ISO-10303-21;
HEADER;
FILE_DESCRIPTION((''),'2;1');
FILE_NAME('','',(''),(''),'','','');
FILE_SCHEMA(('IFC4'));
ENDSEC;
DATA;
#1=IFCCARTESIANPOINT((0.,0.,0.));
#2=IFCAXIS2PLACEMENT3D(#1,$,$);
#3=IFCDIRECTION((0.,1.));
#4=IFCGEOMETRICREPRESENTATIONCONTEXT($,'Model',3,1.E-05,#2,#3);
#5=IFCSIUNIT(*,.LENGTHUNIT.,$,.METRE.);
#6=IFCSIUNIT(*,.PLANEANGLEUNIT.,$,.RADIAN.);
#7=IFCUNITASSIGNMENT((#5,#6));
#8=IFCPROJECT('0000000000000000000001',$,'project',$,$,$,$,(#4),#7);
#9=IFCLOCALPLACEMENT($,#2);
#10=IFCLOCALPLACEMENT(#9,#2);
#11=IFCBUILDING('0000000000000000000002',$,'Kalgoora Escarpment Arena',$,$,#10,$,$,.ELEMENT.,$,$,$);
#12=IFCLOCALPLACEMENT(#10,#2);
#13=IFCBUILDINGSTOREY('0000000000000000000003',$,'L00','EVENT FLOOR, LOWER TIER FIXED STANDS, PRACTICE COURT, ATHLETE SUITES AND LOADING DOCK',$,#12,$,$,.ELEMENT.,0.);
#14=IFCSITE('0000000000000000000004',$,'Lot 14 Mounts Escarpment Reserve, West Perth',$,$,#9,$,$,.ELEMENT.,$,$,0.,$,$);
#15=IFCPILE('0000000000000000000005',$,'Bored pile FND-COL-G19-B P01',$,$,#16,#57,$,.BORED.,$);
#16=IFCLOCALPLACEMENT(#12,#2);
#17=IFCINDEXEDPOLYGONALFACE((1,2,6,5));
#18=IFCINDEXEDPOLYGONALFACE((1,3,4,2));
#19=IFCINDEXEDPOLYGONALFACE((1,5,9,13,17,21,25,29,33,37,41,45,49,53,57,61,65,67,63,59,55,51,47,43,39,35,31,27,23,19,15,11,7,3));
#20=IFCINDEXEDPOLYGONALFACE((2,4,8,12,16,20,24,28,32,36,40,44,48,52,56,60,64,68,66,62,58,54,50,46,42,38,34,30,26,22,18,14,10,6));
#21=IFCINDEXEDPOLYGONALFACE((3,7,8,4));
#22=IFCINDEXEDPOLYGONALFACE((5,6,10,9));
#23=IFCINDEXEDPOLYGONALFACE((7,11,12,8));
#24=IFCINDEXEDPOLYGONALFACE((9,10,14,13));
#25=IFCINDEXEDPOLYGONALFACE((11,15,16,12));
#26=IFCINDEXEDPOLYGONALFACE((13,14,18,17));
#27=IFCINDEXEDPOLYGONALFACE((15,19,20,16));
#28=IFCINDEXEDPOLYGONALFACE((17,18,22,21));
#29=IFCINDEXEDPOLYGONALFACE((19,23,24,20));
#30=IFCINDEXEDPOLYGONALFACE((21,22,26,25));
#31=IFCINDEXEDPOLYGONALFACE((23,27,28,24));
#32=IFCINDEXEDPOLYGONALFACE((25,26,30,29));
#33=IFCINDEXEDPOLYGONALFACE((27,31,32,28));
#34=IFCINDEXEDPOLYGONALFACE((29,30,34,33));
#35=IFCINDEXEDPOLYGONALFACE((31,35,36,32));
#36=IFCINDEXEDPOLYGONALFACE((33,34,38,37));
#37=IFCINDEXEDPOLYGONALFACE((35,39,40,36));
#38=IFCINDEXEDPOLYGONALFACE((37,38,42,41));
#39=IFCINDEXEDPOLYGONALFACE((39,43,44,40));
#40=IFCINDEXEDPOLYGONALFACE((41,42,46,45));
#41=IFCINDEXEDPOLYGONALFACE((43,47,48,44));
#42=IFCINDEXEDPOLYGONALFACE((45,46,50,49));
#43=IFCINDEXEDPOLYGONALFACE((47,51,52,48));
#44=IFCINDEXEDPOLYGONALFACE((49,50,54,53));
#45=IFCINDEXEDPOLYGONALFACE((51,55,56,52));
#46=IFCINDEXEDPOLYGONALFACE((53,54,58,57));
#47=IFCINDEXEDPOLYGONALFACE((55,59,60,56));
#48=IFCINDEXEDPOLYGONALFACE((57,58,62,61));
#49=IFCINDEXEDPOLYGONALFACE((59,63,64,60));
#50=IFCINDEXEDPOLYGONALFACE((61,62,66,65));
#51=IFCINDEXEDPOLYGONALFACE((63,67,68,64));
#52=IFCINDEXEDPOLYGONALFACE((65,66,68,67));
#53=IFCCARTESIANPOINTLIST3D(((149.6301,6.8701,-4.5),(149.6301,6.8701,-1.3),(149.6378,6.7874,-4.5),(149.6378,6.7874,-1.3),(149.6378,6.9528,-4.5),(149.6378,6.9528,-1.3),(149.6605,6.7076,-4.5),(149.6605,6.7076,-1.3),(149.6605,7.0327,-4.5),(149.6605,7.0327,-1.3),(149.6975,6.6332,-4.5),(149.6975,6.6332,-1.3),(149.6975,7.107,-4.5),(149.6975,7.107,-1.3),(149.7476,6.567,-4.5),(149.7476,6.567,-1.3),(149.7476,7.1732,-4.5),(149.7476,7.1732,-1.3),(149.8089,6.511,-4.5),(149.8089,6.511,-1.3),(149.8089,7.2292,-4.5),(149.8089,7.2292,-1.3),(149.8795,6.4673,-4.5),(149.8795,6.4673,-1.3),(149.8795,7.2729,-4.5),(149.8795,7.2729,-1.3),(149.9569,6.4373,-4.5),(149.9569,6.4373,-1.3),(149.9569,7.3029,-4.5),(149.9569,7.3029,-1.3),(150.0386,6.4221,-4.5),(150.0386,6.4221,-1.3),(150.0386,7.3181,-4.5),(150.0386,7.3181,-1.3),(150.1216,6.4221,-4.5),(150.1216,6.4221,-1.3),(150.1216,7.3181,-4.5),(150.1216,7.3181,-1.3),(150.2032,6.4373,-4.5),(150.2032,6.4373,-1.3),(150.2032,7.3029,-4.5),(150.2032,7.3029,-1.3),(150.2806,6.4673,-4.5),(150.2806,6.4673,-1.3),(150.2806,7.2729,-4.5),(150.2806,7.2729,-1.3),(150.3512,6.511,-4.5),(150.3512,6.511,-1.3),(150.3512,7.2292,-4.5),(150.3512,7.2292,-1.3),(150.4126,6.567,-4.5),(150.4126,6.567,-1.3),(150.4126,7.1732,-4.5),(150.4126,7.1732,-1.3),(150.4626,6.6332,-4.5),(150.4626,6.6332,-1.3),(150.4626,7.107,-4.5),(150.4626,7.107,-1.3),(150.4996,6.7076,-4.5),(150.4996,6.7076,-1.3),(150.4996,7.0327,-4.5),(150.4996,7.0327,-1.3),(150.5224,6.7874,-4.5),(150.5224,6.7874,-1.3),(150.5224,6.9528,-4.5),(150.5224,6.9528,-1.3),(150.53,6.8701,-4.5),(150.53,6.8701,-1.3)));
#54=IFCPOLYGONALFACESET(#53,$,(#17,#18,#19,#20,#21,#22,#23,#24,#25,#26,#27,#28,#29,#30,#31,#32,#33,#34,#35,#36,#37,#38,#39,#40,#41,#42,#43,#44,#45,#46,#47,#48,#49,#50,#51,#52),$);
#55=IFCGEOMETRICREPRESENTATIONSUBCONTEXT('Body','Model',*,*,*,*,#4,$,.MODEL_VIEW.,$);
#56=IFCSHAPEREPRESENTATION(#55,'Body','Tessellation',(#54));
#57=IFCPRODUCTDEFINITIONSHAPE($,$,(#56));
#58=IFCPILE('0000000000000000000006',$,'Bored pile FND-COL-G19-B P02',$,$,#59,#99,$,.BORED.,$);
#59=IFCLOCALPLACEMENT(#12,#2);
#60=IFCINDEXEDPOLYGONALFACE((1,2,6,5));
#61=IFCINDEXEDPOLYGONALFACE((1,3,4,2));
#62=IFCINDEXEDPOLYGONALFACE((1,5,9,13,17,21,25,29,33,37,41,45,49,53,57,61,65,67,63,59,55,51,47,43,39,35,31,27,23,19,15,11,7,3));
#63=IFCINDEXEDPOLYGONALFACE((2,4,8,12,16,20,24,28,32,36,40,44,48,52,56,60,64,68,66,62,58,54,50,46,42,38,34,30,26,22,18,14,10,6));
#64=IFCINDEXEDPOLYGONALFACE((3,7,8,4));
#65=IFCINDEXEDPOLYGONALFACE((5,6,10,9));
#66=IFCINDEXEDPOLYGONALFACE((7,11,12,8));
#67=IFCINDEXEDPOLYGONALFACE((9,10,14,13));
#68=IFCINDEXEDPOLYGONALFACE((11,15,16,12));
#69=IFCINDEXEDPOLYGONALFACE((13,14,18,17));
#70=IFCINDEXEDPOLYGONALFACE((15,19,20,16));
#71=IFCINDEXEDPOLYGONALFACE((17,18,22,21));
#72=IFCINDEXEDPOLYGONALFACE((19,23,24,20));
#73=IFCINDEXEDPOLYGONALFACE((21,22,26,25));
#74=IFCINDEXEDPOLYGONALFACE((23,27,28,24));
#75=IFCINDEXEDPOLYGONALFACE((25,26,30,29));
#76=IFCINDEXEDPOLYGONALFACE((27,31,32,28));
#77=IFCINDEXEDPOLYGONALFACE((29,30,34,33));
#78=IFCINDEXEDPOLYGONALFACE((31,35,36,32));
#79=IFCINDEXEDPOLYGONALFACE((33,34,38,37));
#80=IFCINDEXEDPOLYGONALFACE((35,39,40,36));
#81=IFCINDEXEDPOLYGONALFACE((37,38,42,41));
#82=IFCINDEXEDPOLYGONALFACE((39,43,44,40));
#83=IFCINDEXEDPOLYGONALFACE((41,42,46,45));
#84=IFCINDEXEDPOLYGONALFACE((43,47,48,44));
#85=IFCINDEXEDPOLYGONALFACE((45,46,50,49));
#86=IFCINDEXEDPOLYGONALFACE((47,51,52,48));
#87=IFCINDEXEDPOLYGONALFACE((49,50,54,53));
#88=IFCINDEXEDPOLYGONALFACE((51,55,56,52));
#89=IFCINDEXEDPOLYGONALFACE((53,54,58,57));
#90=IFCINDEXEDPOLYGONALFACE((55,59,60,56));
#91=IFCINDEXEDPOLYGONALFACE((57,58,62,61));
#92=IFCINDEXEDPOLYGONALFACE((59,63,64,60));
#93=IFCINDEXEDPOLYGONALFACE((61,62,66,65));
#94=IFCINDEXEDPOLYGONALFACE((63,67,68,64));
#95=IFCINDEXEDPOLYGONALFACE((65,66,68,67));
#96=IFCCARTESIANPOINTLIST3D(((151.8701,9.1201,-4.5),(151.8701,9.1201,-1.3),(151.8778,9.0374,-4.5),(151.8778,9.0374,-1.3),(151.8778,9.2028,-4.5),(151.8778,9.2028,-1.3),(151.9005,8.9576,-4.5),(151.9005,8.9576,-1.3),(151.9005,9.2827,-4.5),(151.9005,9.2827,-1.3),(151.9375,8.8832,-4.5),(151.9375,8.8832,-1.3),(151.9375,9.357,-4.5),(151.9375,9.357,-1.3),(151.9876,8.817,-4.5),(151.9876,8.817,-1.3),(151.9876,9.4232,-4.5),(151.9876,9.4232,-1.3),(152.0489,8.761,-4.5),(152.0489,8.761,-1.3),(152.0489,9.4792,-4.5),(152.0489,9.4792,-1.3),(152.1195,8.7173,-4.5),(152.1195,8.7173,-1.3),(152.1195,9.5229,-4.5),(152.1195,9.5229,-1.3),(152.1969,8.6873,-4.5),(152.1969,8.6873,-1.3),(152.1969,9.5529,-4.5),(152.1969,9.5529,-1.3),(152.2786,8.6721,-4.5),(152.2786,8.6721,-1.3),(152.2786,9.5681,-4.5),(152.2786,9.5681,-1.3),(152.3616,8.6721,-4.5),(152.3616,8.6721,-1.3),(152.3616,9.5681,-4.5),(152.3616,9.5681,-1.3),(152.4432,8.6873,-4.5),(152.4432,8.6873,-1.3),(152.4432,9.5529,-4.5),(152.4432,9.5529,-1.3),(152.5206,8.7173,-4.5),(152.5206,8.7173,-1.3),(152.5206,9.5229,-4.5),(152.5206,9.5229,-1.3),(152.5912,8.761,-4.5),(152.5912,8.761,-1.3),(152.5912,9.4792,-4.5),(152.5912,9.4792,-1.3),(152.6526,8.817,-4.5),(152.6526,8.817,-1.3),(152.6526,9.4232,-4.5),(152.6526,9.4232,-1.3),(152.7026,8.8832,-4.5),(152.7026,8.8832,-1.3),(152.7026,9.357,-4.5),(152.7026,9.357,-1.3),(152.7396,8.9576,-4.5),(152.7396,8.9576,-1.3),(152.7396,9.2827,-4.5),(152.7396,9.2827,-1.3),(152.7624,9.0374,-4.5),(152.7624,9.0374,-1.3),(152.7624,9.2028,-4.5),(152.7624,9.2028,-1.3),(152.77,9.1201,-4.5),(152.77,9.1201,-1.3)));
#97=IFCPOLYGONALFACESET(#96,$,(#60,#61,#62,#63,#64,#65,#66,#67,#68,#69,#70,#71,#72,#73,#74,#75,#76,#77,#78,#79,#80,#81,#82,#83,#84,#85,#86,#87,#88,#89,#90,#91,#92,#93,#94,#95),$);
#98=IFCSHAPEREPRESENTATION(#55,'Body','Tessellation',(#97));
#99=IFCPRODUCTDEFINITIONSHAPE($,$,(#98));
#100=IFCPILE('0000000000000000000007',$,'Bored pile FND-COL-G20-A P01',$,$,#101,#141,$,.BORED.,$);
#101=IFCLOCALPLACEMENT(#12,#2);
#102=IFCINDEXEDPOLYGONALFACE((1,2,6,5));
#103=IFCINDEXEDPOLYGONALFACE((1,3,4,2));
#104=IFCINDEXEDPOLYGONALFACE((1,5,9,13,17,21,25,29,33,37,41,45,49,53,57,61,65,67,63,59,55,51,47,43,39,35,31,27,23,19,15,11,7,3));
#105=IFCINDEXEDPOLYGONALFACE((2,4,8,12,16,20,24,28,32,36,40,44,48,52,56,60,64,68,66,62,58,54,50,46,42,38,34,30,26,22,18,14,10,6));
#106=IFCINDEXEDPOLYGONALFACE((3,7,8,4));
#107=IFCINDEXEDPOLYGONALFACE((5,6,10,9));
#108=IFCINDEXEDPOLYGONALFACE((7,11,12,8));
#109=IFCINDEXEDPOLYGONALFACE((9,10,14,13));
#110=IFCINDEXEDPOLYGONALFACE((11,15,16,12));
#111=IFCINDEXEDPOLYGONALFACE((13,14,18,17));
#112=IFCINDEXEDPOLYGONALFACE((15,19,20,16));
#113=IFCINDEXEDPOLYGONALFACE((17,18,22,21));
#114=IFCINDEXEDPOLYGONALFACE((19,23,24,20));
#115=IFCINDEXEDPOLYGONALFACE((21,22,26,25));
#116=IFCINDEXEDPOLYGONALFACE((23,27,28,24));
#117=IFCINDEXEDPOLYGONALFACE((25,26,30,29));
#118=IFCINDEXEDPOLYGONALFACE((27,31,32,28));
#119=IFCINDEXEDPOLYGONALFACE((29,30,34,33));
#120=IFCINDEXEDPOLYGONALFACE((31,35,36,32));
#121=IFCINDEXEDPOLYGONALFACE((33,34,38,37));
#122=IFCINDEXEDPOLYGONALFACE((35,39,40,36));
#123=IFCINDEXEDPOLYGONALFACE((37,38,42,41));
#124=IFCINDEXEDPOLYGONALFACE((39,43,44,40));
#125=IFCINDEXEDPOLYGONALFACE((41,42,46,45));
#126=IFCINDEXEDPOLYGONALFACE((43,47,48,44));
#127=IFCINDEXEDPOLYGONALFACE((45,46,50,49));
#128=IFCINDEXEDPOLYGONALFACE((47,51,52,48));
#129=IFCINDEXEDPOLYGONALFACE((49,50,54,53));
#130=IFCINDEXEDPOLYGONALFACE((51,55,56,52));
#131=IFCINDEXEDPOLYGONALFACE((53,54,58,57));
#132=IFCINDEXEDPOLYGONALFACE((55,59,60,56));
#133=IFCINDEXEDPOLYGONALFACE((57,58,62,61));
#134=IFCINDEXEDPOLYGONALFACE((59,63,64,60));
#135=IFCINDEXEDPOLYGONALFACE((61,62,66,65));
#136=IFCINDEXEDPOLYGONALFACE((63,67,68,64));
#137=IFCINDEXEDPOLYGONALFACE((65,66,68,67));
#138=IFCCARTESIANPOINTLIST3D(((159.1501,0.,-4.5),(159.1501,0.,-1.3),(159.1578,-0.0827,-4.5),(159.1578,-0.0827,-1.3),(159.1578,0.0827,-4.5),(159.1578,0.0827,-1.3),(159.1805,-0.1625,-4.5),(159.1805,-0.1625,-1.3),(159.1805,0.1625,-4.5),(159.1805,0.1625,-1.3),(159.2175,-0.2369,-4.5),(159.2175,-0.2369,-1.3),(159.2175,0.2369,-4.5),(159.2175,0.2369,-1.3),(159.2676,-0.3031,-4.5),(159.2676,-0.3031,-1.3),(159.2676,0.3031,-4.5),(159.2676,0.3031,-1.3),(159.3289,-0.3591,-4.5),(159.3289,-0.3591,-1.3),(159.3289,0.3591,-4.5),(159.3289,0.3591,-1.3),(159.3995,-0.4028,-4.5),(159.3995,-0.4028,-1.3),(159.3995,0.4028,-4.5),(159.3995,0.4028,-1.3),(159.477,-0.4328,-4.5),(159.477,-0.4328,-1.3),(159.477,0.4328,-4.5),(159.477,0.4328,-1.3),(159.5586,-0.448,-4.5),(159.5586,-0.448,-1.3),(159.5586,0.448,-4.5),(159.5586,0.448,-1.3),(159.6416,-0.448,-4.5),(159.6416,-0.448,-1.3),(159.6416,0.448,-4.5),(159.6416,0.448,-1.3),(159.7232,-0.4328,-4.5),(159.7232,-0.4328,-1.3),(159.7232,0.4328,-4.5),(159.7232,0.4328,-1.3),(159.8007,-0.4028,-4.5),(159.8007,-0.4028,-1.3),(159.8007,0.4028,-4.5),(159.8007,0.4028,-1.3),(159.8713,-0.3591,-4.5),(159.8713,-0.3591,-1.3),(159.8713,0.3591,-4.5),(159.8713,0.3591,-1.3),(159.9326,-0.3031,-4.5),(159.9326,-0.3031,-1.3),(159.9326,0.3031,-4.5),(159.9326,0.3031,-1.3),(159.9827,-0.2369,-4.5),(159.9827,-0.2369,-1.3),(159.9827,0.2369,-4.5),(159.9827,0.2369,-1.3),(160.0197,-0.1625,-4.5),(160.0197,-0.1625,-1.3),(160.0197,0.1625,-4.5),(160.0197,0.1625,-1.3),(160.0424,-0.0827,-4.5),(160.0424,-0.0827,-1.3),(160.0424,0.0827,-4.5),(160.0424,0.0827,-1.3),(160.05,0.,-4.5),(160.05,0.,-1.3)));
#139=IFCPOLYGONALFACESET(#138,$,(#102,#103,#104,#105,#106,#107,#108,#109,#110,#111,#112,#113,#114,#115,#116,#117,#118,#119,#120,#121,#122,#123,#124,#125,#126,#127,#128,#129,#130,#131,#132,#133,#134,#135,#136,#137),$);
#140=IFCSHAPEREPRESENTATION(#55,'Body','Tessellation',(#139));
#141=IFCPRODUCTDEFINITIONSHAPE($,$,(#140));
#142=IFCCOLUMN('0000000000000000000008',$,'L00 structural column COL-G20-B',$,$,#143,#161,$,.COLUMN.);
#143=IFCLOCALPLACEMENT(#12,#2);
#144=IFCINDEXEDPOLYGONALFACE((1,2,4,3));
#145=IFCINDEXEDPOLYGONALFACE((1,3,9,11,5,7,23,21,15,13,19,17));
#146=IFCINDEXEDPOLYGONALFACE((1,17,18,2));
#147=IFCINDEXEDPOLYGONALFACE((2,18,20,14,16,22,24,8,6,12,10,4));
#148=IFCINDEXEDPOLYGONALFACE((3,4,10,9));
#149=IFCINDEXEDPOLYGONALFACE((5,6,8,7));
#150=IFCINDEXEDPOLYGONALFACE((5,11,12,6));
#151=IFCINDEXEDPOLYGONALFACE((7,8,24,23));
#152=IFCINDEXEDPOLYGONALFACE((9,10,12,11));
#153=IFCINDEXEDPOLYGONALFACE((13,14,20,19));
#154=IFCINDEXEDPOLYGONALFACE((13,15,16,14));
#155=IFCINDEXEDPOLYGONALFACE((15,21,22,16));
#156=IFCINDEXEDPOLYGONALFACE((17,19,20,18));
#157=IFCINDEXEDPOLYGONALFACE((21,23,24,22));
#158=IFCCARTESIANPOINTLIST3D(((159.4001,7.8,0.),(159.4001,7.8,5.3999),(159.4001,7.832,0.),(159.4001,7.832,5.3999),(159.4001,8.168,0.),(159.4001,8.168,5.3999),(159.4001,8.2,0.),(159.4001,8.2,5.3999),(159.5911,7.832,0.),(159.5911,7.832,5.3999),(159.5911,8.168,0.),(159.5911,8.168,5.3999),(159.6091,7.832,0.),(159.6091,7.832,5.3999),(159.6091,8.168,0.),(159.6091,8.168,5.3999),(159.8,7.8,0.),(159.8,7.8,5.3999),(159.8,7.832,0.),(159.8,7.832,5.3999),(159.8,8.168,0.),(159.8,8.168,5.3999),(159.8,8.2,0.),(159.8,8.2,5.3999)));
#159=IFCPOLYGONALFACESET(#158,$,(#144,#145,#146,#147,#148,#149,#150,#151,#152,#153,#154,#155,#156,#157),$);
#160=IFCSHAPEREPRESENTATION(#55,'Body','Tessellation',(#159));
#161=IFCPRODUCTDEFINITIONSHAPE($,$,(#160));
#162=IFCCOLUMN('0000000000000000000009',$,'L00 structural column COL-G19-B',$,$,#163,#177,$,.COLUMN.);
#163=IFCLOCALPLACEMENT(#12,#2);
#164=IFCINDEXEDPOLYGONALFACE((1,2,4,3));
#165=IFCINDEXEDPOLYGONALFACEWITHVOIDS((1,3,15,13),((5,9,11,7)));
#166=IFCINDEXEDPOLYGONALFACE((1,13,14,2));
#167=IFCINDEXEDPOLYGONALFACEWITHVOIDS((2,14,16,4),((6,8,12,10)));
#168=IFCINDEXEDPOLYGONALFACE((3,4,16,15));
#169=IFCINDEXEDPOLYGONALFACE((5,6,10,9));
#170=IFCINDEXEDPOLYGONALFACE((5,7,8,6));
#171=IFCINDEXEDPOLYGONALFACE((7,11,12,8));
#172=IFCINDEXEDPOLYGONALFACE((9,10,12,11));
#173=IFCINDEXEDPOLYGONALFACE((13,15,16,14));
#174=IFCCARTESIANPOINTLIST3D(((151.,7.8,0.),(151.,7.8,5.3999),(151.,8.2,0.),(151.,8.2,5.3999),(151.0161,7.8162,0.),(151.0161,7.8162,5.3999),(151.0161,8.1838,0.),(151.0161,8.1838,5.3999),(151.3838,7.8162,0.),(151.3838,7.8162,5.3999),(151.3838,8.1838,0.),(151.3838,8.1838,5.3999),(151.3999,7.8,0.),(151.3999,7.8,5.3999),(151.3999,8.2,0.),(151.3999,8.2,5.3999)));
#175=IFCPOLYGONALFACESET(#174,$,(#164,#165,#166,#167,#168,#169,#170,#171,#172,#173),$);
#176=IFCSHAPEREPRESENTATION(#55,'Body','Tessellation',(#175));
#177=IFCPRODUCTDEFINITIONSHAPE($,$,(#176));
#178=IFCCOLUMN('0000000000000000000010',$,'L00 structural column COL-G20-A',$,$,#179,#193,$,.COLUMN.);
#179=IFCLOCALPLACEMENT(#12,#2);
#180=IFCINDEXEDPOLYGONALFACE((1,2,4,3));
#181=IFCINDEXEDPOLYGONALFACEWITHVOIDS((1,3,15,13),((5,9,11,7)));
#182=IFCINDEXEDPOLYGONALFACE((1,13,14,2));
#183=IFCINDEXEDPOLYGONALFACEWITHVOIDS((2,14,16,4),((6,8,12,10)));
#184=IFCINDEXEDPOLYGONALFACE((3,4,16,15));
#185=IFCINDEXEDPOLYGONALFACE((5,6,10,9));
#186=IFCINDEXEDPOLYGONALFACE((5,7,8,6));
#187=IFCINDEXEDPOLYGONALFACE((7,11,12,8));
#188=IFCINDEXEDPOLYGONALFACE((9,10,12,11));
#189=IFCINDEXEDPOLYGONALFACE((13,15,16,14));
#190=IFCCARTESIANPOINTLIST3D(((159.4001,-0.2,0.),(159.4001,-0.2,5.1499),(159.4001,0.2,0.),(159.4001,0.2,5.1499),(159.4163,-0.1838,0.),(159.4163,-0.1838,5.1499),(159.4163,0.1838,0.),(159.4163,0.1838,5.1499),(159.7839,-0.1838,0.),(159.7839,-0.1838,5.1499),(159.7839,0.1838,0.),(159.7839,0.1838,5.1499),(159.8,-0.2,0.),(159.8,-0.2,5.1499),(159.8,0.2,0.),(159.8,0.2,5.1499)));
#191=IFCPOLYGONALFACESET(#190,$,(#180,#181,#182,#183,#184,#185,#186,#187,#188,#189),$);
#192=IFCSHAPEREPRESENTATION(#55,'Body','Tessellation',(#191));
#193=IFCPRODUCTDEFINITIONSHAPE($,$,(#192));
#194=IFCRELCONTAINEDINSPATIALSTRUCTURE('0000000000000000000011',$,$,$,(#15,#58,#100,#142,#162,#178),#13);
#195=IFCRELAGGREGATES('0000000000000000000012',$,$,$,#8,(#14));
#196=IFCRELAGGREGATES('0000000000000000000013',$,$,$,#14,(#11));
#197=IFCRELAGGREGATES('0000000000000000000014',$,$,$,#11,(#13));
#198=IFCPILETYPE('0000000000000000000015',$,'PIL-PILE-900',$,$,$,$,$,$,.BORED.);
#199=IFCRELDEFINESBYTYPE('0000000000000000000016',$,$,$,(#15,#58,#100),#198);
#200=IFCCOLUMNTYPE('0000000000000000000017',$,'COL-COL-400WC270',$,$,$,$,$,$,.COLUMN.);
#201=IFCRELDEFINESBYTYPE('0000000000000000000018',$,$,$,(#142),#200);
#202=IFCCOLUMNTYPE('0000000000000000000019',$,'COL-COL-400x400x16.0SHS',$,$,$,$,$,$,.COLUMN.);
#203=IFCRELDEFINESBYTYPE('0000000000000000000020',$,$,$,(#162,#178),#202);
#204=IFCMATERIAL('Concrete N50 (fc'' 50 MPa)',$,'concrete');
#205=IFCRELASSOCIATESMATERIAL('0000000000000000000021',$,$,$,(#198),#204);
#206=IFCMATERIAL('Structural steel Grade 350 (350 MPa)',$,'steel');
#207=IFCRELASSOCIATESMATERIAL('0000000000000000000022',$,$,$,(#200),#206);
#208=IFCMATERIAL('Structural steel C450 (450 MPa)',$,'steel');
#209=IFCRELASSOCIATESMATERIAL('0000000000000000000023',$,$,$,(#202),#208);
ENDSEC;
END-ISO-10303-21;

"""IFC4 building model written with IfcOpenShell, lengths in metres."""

from ifc_helpers import new_model, si_unit, direction, frame, origin, origin_2d, place, context, subcontext, project, spatial, hollow_rectangle, circle, i_section, extrude, material, material_profile, profile_set, type_object, element, save


model = new_model("IFC4")

# Units and contexts
model_context = context("Model", 3, precision=1e-05, world=origin(), true_north=direction((0.0, 1.0)))
body_context = subcontext(model_context, "Body", "Model", "MODEL_VIEW")
ifc_project = project(units=[si_unit("LENGTHUNIT", "METRE"), si_unit("PLANEANGLEUNIT", "RADIAN")], contexts=[model_context])

# Site, building, storey
site_placement = place(None, origin())
site = spatial("IfcSite", under=ifc_project, at=site_placement, Name="Lot 14 Mounts Escarpment Reserve, West Perth", CompositionType="ELEMENT", RefElevation=0.0)
building_placement = place(site_placement, origin())
building = spatial("IfcBuilding", under=site, at=building_placement, Name="Kalgoora Escarpment Arena", CompositionType="ELEMENT")
storey_placement = place(building_placement, origin())
storey = spatial("IfcBuildingStorey", under=building, at=storey_placement, Name="L00", Description="EVENT FLOOR, LOWER TIER FIXED STANDS, PRACTICE COURT, ATHLETE SUITES AND LOADING DOCK", CompositionType="ELEMENT", Elevation=0.0)

# Piles
ifc_material_1 = material(Name="Concrete N50 (fc' 50 MPa)", Category="concrete")
ifc_material_profile_1 = material_profile(ifc_material_1, circle(Radius=0.45, at=origin_2d()))
ifc_profile_set_1 = profile_set([ifc_material_profile_1], Name="Concrete N50 (fc' 50 MPa)")
pile_type_1 = type_object("IfcPileType", Name="PIL-PILE-900", PredefinedType="BORED", material=ifc_profile_set_1)
for number, where, z_axis, x_axis, name in (
    (1, (150.0801, 6.8701, -1.3), (0.0, 0.0, -1.0), (1.0, 0.0, 0.0), "Bored pile FND-COL-G19-B P01"),
    (2, (152.3201, 9.1201, -1.3), (0.0, 0.0, -1.0), (1.0, 0.0, 0.0), "Bored pile FND-COL-G19-B P02"),
    (3, (159.6001, 0.0, -1.3), (0.0, 0.0, -1.0), (1.0, 0.0, 0.0), "Bored pile FND-COL-G20-A P01"),
):
    element("IfcPile", number, at=place(storey_placement, frame(where, z_axis=z_axis, x_axis=x_axis)), inside=storey, type_object=pile_type_1, Name=name, PredefinedType="BORED", context=body_context, shape_type="SweptSolid", body=[
        extrude(circle(Radius=0.45, at=origin_2d()), origin(), (0.0, 0.0, 1.0), 3.2),
    ])

# Columns
ifc_material_2 = material(Name="Structural steel Grade 350 (350 MPa)", Category="steel")
ifc_material_profile_2 = material_profile(ifc_material_2, i_section(OverallWidth=0.3999, OverallDepth=0.3999, WebThickness=0.0181, FlangeThickness=0.032, at=origin_2d()))
ifc_profile_set_2 = profile_set([ifc_material_profile_2], Name="Structural steel Grade 350 (350 MPa)")
column_type_1 = type_object("IfcColumnType", Name="COL-COL-400WC270", PredefinedType="COLUMN", material=ifc_profile_set_2)
column_1_placement = place(storey_placement, frame((159.6001, 8.0, 0.0), z_axis=(0.0, 0.0, 1.0), x_axis=(1.0, 0.0, 0.0)))
element("IfcColumn", 4, at=column_1_placement, inside=storey, type_object=column_type_1, Name="L00 structural column COL-G20-B", PredefinedType="COLUMN", context=body_context, shape_type="SweptSolid", body=[
    extrude(i_section(OverallWidth=0.3999, OverallDepth=0.3999, WebThickness=0.0181, FlangeThickness=0.032, at=origin_2d()), origin(), (0.0, 0.0, 1.0), 5.3999),
])
ifc_material_3 = material(Name="Structural steel C450 (450 MPa)", Category="steel")
ifc_material_profile_3 = material_profile(ifc_material_3, hollow_rectangle(XDim=0.3999, YDim=0.3999, WallThickness=0.0161, at=origin_2d()))
ifc_profile_set_3 = profile_set([ifc_material_profile_3], Name="Structural steel C450 (450 MPa)")
column_type_2 = type_object("IfcColumnType", Name="COL-COL-400x400x16.0SHS", PredefinedType="COLUMN", material=ifc_profile_set_3)
column_2_placement = place(storey_placement, frame((151.2, 8.0, 0.0), z_axis=(0.0, 0.0, 1.0), x_axis=(1.0, 0.0, 0.0)))
element("IfcColumn", 5, at=column_2_placement, inside=storey, type_object=column_type_2, Name="L00 structural column COL-G19-B", PredefinedType="COLUMN", context=body_context, shape_type="SweptSolid", body=[
    extrude(hollow_rectangle(XDim=0.3999, YDim=0.3999, WallThickness=0.0161, at=origin_2d()), origin(), (0.0, 0.0, 1.0), 5.3999),
])
column_3_placement = place(storey_placement, frame((159.6001, 0.0, 0.0), z_axis=(0.0, 0.0, 1.0), x_axis=(1.0, 0.0, 0.0)))
element("IfcColumn", 6, at=column_3_placement, inside=storey, type_object=column_type_2, Name="L00 structural column COL-G20-A", PredefinedType="COLUMN", context=body_context, shape_type="SweptSolid", body=[
    extrude(hollow_rectangle(XDim=0.3999, YDim=0.3999, WallThickness=0.0161, at=origin_2d()), origin(), (0.0, 0.0, 1.0), 5.1499),
])

save(model, "model.ifc")
